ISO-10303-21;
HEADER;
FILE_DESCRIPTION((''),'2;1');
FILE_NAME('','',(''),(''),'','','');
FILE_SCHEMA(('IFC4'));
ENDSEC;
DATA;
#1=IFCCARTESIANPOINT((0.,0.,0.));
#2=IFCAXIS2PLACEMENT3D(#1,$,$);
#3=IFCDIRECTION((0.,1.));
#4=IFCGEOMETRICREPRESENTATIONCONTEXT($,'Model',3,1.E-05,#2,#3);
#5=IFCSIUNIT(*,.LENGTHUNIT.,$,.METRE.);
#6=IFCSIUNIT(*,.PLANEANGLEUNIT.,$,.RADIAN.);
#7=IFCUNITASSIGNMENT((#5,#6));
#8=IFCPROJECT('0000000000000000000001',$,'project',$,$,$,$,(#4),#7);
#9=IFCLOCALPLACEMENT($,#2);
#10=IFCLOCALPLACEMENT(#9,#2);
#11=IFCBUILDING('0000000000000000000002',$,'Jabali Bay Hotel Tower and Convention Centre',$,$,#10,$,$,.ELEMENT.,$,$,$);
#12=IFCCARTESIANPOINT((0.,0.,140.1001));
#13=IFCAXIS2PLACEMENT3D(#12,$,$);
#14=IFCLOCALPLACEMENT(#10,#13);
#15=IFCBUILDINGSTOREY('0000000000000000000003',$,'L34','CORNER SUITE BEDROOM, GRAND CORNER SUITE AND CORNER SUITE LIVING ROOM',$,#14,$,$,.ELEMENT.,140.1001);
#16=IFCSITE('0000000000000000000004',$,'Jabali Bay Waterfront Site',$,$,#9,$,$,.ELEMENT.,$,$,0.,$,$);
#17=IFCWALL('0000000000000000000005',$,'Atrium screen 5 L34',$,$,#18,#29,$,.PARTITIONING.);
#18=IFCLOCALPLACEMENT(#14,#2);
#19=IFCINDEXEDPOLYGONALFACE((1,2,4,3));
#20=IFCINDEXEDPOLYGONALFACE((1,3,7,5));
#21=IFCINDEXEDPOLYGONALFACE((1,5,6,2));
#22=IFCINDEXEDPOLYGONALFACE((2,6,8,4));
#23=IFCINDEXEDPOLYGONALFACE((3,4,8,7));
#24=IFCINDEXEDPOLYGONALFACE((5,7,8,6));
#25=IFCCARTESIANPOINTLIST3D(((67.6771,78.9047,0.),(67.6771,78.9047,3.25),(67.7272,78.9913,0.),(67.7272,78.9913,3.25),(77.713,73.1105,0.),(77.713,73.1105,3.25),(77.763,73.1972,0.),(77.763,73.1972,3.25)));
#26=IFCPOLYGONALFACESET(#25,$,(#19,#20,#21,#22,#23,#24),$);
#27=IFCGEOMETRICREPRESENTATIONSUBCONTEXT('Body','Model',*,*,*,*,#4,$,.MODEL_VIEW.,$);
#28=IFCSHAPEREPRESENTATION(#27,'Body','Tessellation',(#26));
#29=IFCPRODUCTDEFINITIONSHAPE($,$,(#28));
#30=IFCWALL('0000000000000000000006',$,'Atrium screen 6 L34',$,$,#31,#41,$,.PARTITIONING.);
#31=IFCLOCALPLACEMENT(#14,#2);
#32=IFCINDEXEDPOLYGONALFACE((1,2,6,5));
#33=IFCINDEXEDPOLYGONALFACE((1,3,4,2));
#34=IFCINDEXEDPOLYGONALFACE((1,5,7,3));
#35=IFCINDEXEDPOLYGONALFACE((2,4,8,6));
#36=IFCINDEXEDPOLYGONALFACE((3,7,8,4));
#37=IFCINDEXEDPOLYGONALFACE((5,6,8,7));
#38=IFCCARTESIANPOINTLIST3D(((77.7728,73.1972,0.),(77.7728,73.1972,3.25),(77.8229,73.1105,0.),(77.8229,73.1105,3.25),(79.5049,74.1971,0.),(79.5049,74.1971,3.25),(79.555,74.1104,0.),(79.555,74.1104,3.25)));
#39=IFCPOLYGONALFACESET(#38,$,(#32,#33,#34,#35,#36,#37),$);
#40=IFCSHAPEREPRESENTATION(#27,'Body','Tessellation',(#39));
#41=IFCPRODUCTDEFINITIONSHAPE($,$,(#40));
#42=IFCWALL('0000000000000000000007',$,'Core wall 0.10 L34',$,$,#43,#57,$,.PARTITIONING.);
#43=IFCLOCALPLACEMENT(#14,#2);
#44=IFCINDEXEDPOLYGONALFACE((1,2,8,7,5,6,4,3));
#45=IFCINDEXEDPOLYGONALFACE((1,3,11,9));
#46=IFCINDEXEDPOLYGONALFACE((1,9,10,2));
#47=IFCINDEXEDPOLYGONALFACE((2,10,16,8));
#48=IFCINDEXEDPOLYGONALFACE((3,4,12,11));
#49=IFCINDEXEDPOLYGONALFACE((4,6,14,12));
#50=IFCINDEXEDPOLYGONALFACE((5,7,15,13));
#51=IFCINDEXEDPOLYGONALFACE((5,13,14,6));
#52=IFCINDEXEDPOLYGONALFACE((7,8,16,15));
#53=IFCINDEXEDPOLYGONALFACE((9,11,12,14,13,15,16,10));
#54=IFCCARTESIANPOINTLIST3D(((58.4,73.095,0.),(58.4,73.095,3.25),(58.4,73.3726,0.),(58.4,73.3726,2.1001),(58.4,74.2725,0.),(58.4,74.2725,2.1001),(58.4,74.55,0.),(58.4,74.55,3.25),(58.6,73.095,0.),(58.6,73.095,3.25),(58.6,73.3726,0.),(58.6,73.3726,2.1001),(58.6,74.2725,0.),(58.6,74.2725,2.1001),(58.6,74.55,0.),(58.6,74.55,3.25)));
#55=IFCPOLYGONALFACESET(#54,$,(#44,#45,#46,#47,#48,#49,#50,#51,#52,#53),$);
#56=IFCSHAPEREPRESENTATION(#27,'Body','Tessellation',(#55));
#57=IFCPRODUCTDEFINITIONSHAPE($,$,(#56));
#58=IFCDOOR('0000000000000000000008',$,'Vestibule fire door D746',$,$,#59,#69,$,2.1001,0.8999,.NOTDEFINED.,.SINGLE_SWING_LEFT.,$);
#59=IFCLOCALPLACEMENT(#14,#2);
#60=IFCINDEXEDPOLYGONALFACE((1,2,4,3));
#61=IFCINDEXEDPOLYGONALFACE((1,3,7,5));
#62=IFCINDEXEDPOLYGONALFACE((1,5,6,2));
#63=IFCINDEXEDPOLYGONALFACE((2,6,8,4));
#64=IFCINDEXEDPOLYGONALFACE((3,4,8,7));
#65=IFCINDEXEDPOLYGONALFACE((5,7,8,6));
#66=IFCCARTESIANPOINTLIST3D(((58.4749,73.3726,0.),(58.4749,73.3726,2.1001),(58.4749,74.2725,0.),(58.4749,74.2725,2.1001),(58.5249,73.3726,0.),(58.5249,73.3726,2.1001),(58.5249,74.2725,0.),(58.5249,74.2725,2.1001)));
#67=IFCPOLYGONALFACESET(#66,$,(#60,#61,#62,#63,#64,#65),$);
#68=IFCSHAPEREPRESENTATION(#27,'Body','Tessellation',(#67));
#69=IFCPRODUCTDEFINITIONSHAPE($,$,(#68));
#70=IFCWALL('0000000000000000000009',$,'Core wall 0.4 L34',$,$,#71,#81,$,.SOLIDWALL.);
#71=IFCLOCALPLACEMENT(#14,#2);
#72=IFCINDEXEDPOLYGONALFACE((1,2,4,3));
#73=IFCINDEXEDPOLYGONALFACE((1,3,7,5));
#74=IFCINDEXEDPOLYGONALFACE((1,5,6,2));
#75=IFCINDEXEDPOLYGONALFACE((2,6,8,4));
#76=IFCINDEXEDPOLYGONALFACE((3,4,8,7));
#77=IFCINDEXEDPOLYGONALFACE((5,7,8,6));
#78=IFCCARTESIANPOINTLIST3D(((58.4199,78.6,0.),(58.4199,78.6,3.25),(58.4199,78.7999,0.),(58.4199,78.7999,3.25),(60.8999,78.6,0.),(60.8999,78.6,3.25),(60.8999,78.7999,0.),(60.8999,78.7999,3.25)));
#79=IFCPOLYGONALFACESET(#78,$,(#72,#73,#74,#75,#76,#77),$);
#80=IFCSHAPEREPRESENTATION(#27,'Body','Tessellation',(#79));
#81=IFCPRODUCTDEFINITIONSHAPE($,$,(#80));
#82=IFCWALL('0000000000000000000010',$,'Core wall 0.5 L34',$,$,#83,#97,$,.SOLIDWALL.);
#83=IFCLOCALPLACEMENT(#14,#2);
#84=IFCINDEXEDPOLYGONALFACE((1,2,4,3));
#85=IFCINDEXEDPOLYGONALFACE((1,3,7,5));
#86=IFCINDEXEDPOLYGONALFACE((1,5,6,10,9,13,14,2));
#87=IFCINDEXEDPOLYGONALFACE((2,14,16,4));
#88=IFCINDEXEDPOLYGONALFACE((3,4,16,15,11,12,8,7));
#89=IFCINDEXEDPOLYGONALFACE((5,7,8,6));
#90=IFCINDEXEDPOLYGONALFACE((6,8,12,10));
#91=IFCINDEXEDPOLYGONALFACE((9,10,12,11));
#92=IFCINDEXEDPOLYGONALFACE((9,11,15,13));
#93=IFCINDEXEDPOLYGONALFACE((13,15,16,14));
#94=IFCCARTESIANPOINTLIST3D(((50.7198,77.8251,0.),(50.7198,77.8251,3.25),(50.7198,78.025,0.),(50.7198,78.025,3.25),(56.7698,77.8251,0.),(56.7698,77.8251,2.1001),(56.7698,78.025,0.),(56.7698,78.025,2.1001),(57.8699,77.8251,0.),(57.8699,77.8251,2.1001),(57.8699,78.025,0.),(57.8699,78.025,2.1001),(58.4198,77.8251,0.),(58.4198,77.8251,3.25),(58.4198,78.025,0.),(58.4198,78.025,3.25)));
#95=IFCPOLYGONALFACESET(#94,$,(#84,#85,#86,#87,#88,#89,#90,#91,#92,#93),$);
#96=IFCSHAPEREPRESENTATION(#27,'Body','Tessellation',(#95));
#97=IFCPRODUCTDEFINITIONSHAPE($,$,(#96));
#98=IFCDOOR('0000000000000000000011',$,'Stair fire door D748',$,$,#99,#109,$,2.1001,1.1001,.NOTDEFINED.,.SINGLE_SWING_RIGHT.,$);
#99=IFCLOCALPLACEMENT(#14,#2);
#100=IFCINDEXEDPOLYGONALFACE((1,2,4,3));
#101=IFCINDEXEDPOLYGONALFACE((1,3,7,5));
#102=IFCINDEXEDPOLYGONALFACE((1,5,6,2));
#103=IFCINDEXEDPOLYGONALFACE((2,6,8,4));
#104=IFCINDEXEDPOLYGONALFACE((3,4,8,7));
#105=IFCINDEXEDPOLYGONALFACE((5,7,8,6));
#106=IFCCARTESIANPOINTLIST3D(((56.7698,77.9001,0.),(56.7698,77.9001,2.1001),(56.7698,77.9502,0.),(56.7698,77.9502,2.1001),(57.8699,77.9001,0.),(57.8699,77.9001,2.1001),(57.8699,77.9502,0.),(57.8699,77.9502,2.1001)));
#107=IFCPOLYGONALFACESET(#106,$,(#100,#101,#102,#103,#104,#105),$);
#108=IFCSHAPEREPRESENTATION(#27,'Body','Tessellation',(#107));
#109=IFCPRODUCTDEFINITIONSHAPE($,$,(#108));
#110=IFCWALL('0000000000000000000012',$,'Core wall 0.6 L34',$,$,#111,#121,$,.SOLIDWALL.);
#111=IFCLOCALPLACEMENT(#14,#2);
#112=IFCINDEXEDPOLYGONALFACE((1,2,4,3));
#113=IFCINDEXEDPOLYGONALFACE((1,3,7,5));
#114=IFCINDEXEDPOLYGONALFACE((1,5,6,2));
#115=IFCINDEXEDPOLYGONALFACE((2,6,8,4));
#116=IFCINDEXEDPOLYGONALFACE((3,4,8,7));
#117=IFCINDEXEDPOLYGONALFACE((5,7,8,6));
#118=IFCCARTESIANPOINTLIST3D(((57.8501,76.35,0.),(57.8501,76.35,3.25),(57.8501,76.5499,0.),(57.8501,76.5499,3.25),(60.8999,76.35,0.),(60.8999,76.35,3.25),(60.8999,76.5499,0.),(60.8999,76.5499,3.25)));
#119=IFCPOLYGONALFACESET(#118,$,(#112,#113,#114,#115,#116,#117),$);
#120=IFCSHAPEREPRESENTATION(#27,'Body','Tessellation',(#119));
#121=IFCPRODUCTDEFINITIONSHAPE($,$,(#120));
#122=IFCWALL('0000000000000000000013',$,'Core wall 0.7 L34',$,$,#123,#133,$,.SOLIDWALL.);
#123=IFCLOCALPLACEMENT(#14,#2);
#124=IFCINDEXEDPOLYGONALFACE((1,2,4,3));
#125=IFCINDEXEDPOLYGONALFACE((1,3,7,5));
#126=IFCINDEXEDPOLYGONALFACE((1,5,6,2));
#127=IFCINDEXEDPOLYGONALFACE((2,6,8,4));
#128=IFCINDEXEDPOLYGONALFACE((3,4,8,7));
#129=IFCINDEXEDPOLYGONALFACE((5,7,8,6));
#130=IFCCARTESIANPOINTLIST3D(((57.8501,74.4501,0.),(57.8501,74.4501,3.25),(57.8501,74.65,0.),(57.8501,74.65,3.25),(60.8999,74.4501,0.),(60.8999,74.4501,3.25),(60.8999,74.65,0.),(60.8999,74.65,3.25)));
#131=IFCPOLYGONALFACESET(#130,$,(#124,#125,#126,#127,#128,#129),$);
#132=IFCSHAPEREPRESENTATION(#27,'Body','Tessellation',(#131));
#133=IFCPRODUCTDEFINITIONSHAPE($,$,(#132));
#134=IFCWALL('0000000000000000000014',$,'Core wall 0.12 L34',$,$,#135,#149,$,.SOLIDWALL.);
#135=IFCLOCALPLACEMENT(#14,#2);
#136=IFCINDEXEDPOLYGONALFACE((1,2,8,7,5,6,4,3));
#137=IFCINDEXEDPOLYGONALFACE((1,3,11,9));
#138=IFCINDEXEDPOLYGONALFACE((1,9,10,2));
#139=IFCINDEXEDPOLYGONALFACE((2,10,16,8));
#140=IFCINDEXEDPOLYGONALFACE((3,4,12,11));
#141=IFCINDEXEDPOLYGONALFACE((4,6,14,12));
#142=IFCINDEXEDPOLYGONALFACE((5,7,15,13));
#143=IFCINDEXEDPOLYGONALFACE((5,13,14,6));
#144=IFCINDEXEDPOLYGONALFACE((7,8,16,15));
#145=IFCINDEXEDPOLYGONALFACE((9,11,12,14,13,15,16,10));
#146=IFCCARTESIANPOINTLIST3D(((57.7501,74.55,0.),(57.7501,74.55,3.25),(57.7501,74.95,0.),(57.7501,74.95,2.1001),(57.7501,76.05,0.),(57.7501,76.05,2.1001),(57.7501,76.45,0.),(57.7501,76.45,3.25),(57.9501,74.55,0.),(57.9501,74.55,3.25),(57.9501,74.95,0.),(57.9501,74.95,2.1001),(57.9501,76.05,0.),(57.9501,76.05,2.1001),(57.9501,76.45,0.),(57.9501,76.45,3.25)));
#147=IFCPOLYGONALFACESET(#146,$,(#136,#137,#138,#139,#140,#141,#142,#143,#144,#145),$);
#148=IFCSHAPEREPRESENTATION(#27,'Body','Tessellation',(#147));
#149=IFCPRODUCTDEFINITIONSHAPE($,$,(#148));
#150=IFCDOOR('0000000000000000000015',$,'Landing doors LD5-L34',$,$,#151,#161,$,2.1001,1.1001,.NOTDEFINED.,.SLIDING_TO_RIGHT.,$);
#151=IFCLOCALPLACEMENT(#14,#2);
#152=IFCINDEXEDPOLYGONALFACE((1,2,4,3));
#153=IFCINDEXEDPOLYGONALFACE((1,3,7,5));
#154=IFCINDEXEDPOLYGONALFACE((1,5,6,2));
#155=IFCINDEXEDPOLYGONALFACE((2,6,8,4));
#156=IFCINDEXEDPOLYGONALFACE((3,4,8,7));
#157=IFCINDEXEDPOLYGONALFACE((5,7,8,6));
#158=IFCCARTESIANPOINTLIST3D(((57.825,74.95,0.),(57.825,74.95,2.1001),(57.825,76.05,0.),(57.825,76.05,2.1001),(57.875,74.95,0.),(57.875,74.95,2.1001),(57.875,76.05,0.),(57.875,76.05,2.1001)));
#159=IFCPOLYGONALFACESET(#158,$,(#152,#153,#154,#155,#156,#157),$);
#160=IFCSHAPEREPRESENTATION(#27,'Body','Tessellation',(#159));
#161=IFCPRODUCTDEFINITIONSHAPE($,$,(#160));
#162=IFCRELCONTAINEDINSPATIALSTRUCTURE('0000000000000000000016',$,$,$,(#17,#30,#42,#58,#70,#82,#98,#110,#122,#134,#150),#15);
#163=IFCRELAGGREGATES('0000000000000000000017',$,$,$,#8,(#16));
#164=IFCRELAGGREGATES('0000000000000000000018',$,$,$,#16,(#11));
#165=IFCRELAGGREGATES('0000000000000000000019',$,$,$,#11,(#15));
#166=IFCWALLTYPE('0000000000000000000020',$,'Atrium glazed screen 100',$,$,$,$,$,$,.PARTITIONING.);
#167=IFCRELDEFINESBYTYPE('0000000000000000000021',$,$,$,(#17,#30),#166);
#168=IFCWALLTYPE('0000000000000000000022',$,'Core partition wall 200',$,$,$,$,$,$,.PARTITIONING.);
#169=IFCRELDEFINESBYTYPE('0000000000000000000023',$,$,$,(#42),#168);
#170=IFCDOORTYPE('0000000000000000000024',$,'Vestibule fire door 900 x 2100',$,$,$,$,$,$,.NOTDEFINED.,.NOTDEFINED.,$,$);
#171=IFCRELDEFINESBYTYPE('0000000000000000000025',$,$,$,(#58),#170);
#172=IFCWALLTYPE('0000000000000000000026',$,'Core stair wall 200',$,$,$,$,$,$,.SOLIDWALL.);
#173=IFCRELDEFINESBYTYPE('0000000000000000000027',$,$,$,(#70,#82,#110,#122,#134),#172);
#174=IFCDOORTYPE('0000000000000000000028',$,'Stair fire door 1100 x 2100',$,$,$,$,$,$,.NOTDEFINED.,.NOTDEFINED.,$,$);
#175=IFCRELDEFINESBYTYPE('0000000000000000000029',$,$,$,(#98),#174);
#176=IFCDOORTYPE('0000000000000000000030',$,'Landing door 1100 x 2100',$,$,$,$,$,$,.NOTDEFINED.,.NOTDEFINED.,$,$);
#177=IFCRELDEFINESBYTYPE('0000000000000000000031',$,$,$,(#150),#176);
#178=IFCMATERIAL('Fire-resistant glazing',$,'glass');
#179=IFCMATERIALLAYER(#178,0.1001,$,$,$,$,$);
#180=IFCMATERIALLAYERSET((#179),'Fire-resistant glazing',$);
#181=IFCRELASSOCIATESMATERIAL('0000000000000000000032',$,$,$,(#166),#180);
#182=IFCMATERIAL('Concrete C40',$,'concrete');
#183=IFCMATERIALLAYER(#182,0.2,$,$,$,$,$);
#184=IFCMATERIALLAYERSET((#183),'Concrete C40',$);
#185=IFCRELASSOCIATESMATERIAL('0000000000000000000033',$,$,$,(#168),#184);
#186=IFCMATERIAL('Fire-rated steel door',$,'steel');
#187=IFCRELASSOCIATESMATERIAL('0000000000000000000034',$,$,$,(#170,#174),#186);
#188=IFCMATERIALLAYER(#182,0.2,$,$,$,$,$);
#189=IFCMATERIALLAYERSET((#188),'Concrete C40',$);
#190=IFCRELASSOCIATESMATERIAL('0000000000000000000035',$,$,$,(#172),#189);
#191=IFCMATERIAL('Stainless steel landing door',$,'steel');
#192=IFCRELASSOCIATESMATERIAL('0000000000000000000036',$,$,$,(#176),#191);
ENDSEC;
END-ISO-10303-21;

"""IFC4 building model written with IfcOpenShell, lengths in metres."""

from ifc_helpers import new_model, si_unit, direction, frame, frame_2d, origin, place, context, subcontext, project, spatial, rectangle, extrude, material, layer, layer_set, type_object, element, fill, save


model = new_model("IFC4")

# Units and contexts
model_context = context("Model", 3, precision=1e-05, world=origin(), true_north=direction((0.0, 1.0)))
body_context = subcontext(model_context, "Body", "Model", "MODEL_VIEW")
ifc_project = project(units=[si_unit("LENGTHUNIT", "METRE"), si_unit("PLANEANGLEUNIT", "RADIAN")], contexts=[model_context])

# Site, building, storey
site_placement = place(None, origin())
site = spatial("IfcSite", under=ifc_project, at=site_placement, Name="Jabali Bay Waterfront Site", CompositionType="ELEMENT", RefElevation=0.0)
building_placement = place(site_placement, origin())
building = spatial("IfcBuilding", under=site, at=building_placement, Name="Jabali Bay Hotel Tower and Convention Centre", CompositionType="ELEMENT")
storey_placement = place(building_placement, frame((0.0, 0.0, 140.1001)))
storey = spatial("IfcBuildingStorey", under=building, at=storey_placement, Name="L34", Description="CORNER SUITE BEDROOM, GRAND CORNER SUITE AND CORNER SUITE LIVING ROOM", CompositionType="ELEMENT", Elevation=140.1001)

# Walls
ifc_material_1 = material(Name="Fire-resistant glazing", Category="glass")
ifc_layer_1 = layer(ifc_material_1, 0.1001)
ifc_layer_set_1 = layer_set([ifc_layer_1], Name="Fire-resistant glazing")
wall_type_1 = type_object("IfcWallType", Name="Atrium glazed screen 100", PredefinedType="PARTITIONING", material=ifc_layer_set_1)
wall_1_placement = place(storey_placement, frame((67.7021, 78.948, 0.0), z_axis=(0.0, 0.0, 1.0), x_axis=(0.866027, -0.499998, 0.0)))
element("IfcWall", 1, at=wall_1_placement, inside=storey, type_object=wall_type_1, Name="Atrium screen 5 L34", PredefinedType="PARTITIONING", context=body_context, shape_type="SweptSolid", body=[
    extrude(rectangle(XDim=11.5884, YDim=0.1001, at=frame_2d((5.7942, 0.0))), origin(), (0.0, 0.0, 1.0), 3.25),
])
wall_2_placement = place(storey_placement, frame((77.7979, 73.1538, 0.0), z_axis=(0.0, 0.0, 1.0), x_axis=(0.866041, 0.499973, 0.0)))
element("IfcWall", 2, at=wall_2_placement, inside=storey, type_object=wall_type_1, Name="Atrium screen 6 L34", PredefinedType="PARTITIONING", context=body_context, shape_type="SweptSolid", body=[
    extrude(rectangle(XDim=2.0, YDim=0.1001, at=frame_2d((1.0, 0.0))), origin(), (0.0, 0.0, 1.0), 3.25),
])

# Wall, opening, door
ifc_material_2 = material(Name="Concrete C40", Category="concrete")
ifc_layer_2 = layer(ifc_material_2, 0.2)
ifc_layer_set_2 = layer_set([ifc_layer_2], Name="Concrete C40")
wall_type_2 = type_object("IfcWallType", Name="Core partition wall 200", PredefinedType="PARTITIONING", material=ifc_layer_set_2)
wall_3_placement = place(storey_placement, frame((58.5, 74.55, 0.0), z_axis=(0.0, 0.0, 1.0), x_axis=(0.0, -1.0, 0.0)))
wall_3 = element("IfcWall", 3, at=wall_3_placement, inside=storey, type_object=wall_type_2, Name="Core wall 0.10 L34", PredefinedType="PARTITIONING", context=body_context, shape_type="SweptSolid", body=[
    extrude(rectangle(XDim=1.4551, YDim=0.2, at=frame_2d((0.7275, 0.0))), origin(), (0.0, 0.0, 1.0), 3.25),
])
opening_1_placement = place(wall_3_placement, frame((0.2776, 0.0, 0.0)))
opening_1 = element("IfcOpeningElement", 4, at=opening_1_placement, cuts=wall_3, PredefinedType="OPENING", context=body_context, shape_type="SweptSolid", body=[
    extrude(rectangle(XDim=0.8999, YDim=2.1001, at=frame_2d((0.45, 1.05))), frame((0.0, 0.1104, 0.0), z_axis=(0.0, -1.0, 0.0), x_axis=(1.0, 0.0, 0.0)), (0.0, 0.0, 1.0), 0.2209),
])
ifc_material_3 = material(Name="Fire-rated steel door", Category="steel")
door_type_1 = type_object("IfcDoorType", Name="Vestibule fire door 900 x 2100", OperationType="NOTDEFINED", PredefinedType="NOTDEFINED", material=ifc_material_3)
door_1_placement = place(opening_1_placement, origin())
door_1 = element("IfcDoor", 5, at=door_1_placement, inside=storey, type_object=door_type_1, Name="Vestibule fire door D746", OperationType="SINGLE_SWING_LEFT", OverallHeight=2.1001, OverallWidth=0.8999, PredefinedType="NOTDEFINED", context=body_context, shape_type="SweptSolid", body=[
    extrude(rectangle(XDim=0.8999, YDim=2.1001, at=frame_2d((0.45, 1.05))), frame((0.0, 0.0249, 0.0), z_axis=(0.0, -1.0, 0.0), x_axis=(1.0, 0.0, 0.0)), (0.0, 0.0, 1.0), 0.05),
])
fill(opening_1, door_1)

# Wall
ifc_layer_3 = layer(ifc_material_2, 0.2)
ifc_layer_set_3 = layer_set([ifc_layer_3], Name="Concrete C40")
wall_type_3 = type_object("IfcWallType", Name="Core stair wall 200", PredefinedType="SOLIDWALL", material=ifc_layer_set_3)
wall_4_placement = place(storey_placement, frame((60.8999, 78.7, 0.0), z_axis=(0.0, 0.0, 1.0), x_axis=(-1.0, 0.0, 0.0)))
element("IfcWall", 6, at=wall_4_placement, inside=storey, type_object=wall_type_3, Name="Core wall 0.4 L34", PredefinedType="SOLIDWALL", context=body_context, shape_type="SweptSolid", body=[
    extrude(rectangle(XDim=2.48, YDim=0.2, at=frame_2d((1.24, 0.0))), origin(), (0.0, 0.0, 1.0), 3.25),
])

# Wall, opening, door
wall_5_placement = place(storey_placement, frame((58.4199, 77.925, 0.0), z_axis=(0.0, 0.0, 1.0), x_axis=(-1.0, 0.0, 0.0)))
wall_5 = element("IfcWall", 7, at=wall_5_placement, inside=storey, type_object=wall_type_3, Name="Core wall 0.5 L34", PredefinedType="SOLIDWALL", context=body_context, shape_type="SweptSolid", body=[
    extrude(rectangle(XDim=7.7, YDim=0.2, at=frame_2d((3.8501, 0.0))), origin(), (0.0, 0.0, 1.0), 3.25),
])
opening_2_placement = place(wall_5_placement, frame((0.55, 0.0, 0.0)))
opening_2 = element("IfcOpeningElement", 8, at=opening_2_placement, cuts=wall_5, PredefinedType="OPENING", context=body_context, shape_type="SweptSolid", body=[
    extrude(rectangle(XDim=1.1001, YDim=2.1001, at=frame_2d((0.55, 1.05))), frame((0.0, 0.1104, 0.0), z_axis=(0.0, -1.0, 0.0), x_axis=(1.0, 0.0, 0.0)), (0.0, 0.0, 1.0), 0.2209),
])
door_type_2 = type_object("IfcDoorType", Name="Stair fire door 1100 x 2100", OperationType="NOTDEFINED", PredefinedType="NOTDEFINED", material=ifc_material_3)
door_2_placement = place(opening_2_placement, origin())
door_2 = element("IfcDoor", 9, at=door_2_placement, inside=storey, type_object=door_type_2, Name="Stair fire door D748", OperationType="SINGLE_SWING_RIGHT", OverallHeight=2.1001, OverallWidth=1.1001, PredefinedType="NOTDEFINED", context=body_context, shape_type="SweptSolid", body=[
    extrude(rectangle(XDim=1.1001, YDim=2.1001, at=frame_2d((0.55, 1.05))), frame((0.0, 0.0249, 0.0), z_axis=(0.0, -1.0, 0.0), x_axis=(1.0, 0.0, 0.0)), (0.0, 0.0, 1.0), 0.05),
])
fill(opening_2, door_2)

# Walls
for number, where, z_axis, x_axis, name in (
    (10, (60.8999, 76.45, 0.0), (0.0, 0.0, 1.0), (-1.0, 0.0, 0.0), "Core wall 0.6 L34"),
    (11, (60.8999, 74.55, 0.0), (0.0, 0.0, 1.0), (-1.0, 0.0, 0.0), "Core wall 0.7 L34"),
):
    element("IfcWall", number, at=place(storey_placement, frame(where, z_axis=z_axis, x_axis=x_axis)), inside=storey, type_object=wall_type_3, Name=name, PredefinedType="SOLIDWALL", context=body_context, shape_type="SweptSolid", body=[
        extrude(rectangle(XDim=3.0498, YDim=0.2, at=frame_2d((1.5249, 0.0))), origin(), (0.0, 0.0, 1.0), 3.25),
    ])

# Wall, opening, door
wall_6_placement = place(storey_placement, frame((57.8501, 76.45, 0.0), z_axis=(0.0, 0.0, 1.0), x_axis=(0.0, -1.0, 0.0)))
wall_6 = element("IfcWall", 12, at=wall_6_placement, inside=storey, type_object=wall_type_3, Name="Core wall 0.12 L34", PredefinedType="SOLIDWALL", context=body_context, shape_type="SweptSolid", body=[
    extrude(rectangle(XDim=1.8999, YDim=0.2, at=frame_2d((0.95, 0.0))), origin(), (0.0, 0.0, 1.0), 3.25),
])
opening_3_placement = place(wall_6_placement, frame((0.3999, 0.0, 0.0)))
opening_3 = element("IfcOpeningElement", 13, at=opening_3_placement, cuts=wall_6, PredefinedType="OPENING", context=body_context, shape_type="SweptSolid", body=[
    extrude(rectangle(XDim=1.1001, YDim=2.1001, at=frame_2d((0.55, 1.05))), frame((0.0, 0.1104, 0.0), z_axis=(0.0, -1.0, 0.0), x_axis=(1.0, 0.0, 0.0)), (0.0, 0.0, 1.0), 0.2209),
])
ifc_material_4 = material(Name="Stainless steel landing door", Category="steel")
door_type_3 = type_object("IfcDoorType", Name="Landing door 1100 x 2100", OperationType="NOTDEFINED", PredefinedType="NOTDEFINED", material=ifc_material_4)
door_3_placement = place(opening_3_placement, origin())
door_3 = element("IfcDoor", 14, at=door_3_placement, inside=storey, type_object=door_type_3, Name="Landing doors LD5-L34", OperationType="SLIDING_TO_RIGHT", OverallHeight=2.1001, OverallWidth=1.1001, PredefinedType="NOTDEFINED", context=body_context, shape_type="SweptSolid", body=[
    extrude(rectangle(XDim=1.1001, YDim=2.1001, at=frame_2d((0.55, 1.05))), frame((0.0, 0.0249, 0.0), z_axis=(0.0, -1.0, 0.0), x_axis=(1.0, 0.0, 0.0)), (0.0, 0.0, 1.0), 0.05),
])
fill(opening_3, door_3)

save(model, "model.ifc")
